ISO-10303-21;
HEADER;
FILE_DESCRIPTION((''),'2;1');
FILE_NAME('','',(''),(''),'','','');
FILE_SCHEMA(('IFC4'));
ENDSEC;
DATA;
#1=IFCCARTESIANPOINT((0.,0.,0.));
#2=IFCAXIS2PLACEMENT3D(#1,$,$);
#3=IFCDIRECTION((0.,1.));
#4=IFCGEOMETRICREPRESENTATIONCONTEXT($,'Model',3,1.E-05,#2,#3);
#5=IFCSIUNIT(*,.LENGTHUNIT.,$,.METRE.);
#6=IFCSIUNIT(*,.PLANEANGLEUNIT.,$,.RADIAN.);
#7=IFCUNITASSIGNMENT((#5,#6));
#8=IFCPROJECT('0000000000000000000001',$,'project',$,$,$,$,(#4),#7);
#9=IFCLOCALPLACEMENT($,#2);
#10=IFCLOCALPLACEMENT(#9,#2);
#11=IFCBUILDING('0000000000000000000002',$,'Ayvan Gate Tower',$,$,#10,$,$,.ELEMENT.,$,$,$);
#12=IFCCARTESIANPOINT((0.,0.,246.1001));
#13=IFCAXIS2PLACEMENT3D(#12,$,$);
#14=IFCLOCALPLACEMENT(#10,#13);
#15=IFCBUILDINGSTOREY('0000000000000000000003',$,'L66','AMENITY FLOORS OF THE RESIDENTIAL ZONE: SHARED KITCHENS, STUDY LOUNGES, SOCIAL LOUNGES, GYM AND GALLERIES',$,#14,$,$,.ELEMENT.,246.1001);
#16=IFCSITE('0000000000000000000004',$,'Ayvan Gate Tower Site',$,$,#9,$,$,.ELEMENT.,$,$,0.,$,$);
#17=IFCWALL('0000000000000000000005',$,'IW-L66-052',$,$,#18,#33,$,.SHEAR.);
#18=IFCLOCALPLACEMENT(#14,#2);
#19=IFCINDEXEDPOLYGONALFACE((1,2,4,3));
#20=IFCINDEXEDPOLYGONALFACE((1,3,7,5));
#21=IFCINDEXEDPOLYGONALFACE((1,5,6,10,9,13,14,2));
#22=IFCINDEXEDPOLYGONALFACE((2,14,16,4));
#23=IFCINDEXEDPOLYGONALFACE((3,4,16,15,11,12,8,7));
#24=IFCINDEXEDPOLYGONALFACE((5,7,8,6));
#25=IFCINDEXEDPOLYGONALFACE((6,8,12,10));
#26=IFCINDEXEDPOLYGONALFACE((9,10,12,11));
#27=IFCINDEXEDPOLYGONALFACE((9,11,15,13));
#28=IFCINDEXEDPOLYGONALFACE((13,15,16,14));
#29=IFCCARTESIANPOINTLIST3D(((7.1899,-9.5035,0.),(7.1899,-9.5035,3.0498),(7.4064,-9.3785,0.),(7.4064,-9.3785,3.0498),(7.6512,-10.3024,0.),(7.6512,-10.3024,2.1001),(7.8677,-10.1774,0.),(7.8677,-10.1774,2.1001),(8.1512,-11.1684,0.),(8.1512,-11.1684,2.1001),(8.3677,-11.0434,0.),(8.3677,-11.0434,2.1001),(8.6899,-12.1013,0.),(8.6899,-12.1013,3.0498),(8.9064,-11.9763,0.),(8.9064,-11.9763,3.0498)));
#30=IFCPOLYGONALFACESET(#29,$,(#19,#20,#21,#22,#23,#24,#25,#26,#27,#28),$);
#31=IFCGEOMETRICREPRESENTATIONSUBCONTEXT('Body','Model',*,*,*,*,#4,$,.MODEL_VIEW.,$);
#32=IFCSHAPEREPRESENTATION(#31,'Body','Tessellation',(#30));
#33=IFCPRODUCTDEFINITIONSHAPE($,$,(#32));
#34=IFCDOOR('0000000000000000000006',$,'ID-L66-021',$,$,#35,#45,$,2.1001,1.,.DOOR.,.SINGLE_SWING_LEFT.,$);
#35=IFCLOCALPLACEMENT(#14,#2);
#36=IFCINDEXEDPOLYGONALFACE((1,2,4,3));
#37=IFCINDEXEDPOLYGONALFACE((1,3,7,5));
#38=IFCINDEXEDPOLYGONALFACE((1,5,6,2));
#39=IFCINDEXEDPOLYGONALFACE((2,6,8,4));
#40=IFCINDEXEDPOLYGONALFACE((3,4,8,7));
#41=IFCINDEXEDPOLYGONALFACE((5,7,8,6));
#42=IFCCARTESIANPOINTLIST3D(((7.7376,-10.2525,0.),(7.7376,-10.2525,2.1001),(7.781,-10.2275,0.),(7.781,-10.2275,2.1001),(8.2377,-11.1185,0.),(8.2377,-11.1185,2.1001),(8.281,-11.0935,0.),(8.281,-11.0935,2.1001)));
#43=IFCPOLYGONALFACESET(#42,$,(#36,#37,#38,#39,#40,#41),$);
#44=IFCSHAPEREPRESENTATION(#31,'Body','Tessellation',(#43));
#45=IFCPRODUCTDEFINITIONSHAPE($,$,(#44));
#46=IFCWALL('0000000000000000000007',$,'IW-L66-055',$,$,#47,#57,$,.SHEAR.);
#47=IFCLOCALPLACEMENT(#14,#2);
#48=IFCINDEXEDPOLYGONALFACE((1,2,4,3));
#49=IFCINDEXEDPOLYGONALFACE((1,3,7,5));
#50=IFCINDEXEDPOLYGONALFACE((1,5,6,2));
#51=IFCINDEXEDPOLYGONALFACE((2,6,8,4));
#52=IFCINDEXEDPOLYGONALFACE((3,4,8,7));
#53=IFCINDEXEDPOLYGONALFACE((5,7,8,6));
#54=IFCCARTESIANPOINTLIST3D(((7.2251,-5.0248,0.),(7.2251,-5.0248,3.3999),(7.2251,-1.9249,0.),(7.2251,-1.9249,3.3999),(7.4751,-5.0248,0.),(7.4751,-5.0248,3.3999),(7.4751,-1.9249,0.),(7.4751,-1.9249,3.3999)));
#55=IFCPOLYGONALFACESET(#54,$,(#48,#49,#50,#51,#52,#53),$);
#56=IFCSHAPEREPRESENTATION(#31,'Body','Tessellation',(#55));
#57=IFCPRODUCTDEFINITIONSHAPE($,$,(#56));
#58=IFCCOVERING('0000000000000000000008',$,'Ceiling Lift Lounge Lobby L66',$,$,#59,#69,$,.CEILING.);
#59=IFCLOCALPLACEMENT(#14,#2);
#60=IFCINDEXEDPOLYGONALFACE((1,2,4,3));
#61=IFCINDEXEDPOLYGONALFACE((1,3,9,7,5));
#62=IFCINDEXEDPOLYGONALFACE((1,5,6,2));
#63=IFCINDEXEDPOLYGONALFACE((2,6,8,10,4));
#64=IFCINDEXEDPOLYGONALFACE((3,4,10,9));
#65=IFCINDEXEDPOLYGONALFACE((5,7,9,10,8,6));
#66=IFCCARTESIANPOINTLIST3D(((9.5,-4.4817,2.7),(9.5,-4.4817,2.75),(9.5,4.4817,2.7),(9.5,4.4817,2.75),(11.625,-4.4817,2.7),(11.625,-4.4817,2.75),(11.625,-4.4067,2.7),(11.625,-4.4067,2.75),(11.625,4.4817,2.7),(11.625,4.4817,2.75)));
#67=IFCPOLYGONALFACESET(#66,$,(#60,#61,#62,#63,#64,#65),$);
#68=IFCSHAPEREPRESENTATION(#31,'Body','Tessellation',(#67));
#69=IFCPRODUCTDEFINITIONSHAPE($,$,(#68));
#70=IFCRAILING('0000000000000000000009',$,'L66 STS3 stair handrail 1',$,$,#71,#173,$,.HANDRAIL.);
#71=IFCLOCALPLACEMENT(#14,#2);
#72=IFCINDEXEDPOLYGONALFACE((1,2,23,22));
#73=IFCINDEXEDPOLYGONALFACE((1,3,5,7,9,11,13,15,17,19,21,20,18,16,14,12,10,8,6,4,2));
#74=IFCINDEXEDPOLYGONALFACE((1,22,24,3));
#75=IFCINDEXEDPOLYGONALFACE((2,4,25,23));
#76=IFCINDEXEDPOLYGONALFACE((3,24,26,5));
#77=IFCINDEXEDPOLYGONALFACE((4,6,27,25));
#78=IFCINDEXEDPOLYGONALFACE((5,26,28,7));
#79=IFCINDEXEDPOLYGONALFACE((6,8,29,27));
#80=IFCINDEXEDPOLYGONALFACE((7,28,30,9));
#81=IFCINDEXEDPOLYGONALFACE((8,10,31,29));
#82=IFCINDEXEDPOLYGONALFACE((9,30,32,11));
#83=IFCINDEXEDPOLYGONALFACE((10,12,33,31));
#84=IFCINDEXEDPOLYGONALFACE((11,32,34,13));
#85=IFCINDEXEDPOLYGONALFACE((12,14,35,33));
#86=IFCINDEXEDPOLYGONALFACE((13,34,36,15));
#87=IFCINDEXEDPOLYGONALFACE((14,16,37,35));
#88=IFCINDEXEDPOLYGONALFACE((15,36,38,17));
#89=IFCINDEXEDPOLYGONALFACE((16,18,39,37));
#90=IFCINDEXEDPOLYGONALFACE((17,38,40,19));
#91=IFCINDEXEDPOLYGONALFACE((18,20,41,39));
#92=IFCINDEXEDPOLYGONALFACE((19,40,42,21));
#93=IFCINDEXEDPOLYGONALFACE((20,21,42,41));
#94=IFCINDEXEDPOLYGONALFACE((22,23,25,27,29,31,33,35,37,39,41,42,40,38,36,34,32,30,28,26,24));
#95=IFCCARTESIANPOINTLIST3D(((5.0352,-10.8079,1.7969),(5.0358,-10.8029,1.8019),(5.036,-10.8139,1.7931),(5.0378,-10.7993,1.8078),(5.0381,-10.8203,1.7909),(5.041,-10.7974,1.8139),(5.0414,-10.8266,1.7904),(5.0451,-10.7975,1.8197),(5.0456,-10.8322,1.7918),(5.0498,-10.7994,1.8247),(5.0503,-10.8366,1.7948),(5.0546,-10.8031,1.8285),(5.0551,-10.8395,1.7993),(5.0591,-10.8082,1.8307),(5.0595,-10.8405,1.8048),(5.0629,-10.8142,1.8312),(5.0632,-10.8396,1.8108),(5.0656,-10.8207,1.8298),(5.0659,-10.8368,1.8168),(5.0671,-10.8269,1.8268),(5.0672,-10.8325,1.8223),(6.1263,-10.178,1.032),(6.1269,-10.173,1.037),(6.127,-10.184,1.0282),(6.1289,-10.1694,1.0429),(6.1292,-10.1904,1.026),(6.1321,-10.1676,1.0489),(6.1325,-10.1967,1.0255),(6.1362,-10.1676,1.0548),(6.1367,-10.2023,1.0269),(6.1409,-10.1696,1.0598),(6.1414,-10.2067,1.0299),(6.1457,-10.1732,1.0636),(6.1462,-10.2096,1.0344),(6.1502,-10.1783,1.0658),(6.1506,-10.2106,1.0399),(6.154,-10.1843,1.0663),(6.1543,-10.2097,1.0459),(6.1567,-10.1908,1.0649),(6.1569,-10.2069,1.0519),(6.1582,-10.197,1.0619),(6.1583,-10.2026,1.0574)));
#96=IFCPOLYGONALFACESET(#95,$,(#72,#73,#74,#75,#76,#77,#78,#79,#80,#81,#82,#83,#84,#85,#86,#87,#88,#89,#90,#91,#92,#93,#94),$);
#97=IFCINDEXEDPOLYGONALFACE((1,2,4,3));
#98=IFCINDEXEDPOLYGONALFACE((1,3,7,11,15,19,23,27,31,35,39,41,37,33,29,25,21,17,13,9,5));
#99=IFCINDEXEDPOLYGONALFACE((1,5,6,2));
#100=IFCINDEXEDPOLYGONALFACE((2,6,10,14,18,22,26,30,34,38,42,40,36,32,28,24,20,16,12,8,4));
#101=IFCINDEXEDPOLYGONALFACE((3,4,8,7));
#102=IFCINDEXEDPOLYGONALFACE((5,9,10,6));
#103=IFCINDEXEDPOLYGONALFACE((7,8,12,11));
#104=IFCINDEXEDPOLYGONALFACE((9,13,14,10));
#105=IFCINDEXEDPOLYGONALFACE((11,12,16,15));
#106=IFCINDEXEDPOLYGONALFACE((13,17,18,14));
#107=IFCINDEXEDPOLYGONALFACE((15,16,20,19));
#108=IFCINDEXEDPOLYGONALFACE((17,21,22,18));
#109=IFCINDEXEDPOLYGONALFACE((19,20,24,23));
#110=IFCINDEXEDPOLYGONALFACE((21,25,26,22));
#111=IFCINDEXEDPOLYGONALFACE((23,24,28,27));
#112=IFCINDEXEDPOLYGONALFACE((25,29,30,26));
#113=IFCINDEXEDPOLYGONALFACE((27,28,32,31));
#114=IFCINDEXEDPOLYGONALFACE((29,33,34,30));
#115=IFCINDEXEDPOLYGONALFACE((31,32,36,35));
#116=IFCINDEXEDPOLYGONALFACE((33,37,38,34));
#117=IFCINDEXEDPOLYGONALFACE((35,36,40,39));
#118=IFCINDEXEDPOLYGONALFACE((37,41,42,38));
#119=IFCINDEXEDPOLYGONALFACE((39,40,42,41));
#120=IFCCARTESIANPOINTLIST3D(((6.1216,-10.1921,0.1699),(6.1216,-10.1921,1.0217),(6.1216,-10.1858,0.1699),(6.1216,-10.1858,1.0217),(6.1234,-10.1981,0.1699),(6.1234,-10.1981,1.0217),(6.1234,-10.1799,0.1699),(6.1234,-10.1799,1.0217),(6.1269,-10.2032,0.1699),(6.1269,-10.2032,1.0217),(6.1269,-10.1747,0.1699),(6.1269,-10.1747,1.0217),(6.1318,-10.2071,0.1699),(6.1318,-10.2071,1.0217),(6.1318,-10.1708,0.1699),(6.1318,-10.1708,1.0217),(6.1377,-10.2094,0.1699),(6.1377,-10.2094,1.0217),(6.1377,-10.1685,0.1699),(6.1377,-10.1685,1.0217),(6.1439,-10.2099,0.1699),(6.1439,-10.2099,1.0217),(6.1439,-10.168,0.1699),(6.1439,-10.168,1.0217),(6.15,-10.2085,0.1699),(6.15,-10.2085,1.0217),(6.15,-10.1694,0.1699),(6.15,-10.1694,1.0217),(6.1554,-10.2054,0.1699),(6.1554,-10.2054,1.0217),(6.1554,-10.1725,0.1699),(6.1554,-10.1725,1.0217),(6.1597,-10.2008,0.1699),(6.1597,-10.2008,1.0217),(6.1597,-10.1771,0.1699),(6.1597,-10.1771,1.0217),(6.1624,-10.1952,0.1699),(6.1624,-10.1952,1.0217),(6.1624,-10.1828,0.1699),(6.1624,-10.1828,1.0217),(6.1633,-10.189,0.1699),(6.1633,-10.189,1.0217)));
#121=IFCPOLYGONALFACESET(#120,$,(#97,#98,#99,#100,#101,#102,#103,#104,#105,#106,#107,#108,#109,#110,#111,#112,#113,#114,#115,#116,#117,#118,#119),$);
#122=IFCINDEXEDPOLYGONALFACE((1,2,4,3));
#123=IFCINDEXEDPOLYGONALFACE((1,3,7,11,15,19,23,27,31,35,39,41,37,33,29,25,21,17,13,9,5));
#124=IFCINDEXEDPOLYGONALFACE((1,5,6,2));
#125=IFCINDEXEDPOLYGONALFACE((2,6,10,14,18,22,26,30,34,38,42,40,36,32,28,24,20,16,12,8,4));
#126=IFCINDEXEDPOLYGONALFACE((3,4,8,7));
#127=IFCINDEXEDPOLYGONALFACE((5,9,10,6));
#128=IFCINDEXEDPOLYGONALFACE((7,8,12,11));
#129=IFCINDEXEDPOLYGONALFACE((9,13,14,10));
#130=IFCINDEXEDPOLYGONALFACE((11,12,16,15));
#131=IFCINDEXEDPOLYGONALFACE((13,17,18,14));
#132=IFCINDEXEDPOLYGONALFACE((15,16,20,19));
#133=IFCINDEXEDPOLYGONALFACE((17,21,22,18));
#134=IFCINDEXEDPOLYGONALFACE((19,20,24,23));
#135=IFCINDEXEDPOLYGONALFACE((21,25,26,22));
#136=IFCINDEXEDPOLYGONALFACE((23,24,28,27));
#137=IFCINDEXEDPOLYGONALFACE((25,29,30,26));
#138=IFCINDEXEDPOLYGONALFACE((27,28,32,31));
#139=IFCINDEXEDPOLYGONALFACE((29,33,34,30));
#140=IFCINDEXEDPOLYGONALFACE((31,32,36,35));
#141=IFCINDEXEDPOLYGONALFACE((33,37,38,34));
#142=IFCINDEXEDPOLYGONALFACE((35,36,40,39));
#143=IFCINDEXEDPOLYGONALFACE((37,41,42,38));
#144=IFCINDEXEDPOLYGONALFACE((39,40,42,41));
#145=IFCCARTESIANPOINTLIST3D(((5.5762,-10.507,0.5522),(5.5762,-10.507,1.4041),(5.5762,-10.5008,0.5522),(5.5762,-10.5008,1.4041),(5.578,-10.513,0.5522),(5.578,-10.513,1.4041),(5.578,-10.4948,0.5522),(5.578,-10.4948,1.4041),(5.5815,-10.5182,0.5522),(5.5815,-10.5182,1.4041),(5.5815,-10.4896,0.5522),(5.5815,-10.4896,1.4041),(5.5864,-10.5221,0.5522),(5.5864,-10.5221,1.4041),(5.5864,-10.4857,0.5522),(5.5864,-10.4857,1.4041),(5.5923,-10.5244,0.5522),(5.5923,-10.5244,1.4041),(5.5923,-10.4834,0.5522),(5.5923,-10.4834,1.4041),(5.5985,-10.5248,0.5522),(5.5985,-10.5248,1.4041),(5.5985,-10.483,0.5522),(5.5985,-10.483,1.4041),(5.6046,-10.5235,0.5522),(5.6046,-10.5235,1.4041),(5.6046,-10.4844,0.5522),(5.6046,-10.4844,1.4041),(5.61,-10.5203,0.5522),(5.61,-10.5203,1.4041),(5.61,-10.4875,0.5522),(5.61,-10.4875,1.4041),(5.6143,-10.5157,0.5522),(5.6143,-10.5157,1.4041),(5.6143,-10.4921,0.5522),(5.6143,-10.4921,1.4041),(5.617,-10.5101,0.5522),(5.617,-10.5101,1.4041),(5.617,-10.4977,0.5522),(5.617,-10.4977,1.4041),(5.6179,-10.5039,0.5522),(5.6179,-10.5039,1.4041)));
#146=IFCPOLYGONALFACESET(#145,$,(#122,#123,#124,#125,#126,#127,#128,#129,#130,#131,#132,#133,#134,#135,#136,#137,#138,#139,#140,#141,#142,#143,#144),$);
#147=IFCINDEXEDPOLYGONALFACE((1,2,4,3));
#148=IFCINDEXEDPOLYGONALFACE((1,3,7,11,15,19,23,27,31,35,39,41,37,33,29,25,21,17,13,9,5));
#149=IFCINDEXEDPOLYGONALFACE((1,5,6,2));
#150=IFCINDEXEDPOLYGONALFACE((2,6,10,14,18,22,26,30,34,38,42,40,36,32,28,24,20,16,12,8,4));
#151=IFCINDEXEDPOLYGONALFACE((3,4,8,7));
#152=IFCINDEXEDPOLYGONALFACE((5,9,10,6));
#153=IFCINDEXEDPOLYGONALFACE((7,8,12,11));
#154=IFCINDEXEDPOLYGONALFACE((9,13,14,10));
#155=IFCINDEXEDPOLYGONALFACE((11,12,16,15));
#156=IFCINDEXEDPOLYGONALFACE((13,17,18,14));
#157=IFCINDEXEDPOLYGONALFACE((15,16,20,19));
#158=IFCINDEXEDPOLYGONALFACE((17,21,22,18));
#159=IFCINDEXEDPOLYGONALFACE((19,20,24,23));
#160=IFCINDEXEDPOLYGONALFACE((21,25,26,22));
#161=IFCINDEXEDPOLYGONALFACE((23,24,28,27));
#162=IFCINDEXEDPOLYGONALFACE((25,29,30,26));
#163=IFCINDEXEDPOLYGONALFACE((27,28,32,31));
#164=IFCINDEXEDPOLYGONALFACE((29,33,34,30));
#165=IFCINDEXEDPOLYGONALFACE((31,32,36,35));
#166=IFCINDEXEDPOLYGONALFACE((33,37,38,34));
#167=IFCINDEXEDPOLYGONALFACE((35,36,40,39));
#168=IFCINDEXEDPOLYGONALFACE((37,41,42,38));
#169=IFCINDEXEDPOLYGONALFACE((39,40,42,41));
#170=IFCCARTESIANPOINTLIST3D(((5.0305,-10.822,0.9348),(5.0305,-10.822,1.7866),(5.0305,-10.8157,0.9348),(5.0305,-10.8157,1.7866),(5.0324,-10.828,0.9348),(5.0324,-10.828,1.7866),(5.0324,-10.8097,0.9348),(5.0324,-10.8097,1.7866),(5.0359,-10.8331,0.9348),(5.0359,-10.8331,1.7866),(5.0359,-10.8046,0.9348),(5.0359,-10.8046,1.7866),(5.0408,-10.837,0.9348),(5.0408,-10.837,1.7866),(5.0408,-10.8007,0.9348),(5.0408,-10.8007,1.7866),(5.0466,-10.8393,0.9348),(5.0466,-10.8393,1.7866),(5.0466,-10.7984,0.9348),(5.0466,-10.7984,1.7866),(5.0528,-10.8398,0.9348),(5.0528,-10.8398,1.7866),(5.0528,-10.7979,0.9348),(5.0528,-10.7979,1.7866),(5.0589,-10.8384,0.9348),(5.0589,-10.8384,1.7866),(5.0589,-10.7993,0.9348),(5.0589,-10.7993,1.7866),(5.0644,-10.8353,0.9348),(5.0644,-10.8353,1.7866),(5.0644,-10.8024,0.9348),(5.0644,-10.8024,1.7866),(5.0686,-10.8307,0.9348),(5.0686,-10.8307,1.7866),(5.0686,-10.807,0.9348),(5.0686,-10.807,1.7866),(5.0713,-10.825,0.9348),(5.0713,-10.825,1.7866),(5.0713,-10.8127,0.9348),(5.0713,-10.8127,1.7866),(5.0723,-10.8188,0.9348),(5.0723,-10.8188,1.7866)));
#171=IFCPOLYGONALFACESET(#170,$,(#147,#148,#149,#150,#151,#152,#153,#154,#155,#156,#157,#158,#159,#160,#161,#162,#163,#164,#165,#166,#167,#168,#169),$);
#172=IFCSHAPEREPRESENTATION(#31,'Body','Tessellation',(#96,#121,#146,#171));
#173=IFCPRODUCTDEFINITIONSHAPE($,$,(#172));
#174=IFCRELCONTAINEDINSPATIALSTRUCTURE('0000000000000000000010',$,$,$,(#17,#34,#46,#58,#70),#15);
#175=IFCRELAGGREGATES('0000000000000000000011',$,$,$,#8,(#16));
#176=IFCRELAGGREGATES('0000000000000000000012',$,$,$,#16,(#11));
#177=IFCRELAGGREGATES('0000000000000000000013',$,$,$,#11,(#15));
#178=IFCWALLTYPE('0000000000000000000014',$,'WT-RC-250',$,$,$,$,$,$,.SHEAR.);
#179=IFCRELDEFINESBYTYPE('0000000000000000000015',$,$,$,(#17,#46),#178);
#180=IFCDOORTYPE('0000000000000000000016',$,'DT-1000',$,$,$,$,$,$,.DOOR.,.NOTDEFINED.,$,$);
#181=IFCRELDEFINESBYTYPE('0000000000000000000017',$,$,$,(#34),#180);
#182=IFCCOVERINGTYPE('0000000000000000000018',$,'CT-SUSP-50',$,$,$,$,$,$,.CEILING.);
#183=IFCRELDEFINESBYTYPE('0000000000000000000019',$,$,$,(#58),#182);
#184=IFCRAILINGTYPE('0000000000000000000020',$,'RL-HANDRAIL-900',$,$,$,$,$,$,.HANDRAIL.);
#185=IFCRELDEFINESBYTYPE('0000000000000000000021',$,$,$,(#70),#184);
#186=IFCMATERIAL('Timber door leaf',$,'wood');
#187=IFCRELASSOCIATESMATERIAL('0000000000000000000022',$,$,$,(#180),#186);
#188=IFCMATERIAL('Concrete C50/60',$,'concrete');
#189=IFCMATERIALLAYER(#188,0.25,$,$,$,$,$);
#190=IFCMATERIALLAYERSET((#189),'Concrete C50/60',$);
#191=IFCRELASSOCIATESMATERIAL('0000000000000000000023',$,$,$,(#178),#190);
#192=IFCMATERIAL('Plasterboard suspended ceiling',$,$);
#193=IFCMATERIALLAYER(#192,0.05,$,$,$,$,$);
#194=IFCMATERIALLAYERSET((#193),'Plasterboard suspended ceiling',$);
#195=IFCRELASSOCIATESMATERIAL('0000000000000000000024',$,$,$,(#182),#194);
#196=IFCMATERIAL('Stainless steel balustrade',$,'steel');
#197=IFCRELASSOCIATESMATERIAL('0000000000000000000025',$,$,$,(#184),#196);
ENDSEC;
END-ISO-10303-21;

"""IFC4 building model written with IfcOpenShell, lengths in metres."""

from ifc_helpers import new_model, si_unit, direction, frame, frame_2d, origin, origin_2d, place, context, subcontext, project, spatial, polyline, rectangle, circle, outline, extrude, material, layer, layer_set, type_object, element, fill, save


model = new_model("IFC4")

# Units and contexts
model_context = context("Model", 3, precision=1e-05, world=origin(), true_north=direction((0.0, 1.0)))
body_context = subcontext(model_context, "Body", "Model", "MODEL_VIEW")
ifc_project = project(units=[si_unit("LENGTHUNIT", "METRE"), si_unit("PLANEANGLEUNIT", "RADIAN")], contexts=[model_context])

# Site, building, storey
site_placement = place(None, origin())
site = spatial("IfcSite", under=ifc_project, at=site_placement, Name="Ayvan Gate Tower Site", CompositionType="ELEMENT", RefElevation=0.0)
building_placement = place(site_placement, origin())
building = spatial("IfcBuilding", under=site, at=building_placement, Name="Ayvan Gate Tower", CompositionType="ELEMENT")
storey_placement = place(building_placement, frame((0.0, 0.0, 246.1001)))
storey = spatial("IfcBuildingStorey", under=building, at=storey_placement, Name="L66", Description="AMENITY FLOORS OF THE RESIDENTIAL ZONE: SHARED KITCHENS, STUDY LOUNGES, SOCIAL LOUNGES, GYM AND GALLERIES", CompositionType="ELEMENT", Elevation=246.1001)

# Shared definitions
ifc_material_1 = material(Name="Concrete C50/60", Category="concrete")

# Shared definitions
ifc_material_2 = material(Name="Timber door leaf", Category="wood")

# Shared definitions
door_type_1 = type_object("IfcDoorType", Name="DT-1000", OperationType="NOTDEFINED", PredefinedType="DOOR", material=ifc_material_2)

# Shared definitions
ifc_layer_1 = layer(ifc_material_1, 0.25)
ifc_layer_set_1 = layer_set([ifc_layer_1], Name="Concrete C50/60")
wall_type_1 = type_object("IfcWallType", Name="WT-RC-250", PredefinedType="SHEAR", material=ifc_layer_set_1)

# Wall, opening, door
wall_1_placement = place(storey_placement, frame((7.2981, -9.4409, 0.0), z_axis=(0.0, 0.0, 1.0), x_axis=(0.500025, -0.866011, 0.0)))
wall_1 = element("IfcWall", 1, at=wall_1_placement, inside=storey, type_object=wall_type_1, Name="IW-L66-052", PredefinedType="SHEAR", context=body_context, shape_type="SweptSolid", body=[
    extrude(rectangle(XDim=2.9998, YDim=0.25, at=frame_2d((1.5, 0.0))), origin(), (0.0, 0.0, 1.0), 3.0498),
])
opening_1_placement = place(wall_1_placement, frame((0.9226, 0.0, 0.0)))
opening_1 = element("IfcOpeningElement", 2, at=opening_1_placement, cuts=wall_1, PredefinedType="OPENING", context=body_context, shape_type="SweptSolid", body=[
    extrude(rectangle(XDim=1.0, YDim=2.1001, at=frame_2d((0.5, 1.05))), frame((0.0, 0.135, 0.0), z_axis=(0.0, -1.0, 0.0), x_axis=(1.0, 0.0, 0.0)), (0.0, 0.0, 1.0), 0.27),
])
door_1_placement = place(opening_1_placement, origin())
door_1 = element("IfcDoor", 3, at=door_1_placement, inside=storey, type_object=door_type_1, Name="ID-L66-021", OperationType="SINGLE_SWING_LEFT", OverallHeight=2.1001, OverallWidth=1.0, PredefinedType="DOOR", context=body_context, shape_type="SweptSolid", body=[
    extrude(rectangle(XDim=1.0, YDim=2.1001, at=frame_2d((0.5, 1.05))), frame((0.0, 0.0249, 0.0), z_axis=(0.0, -1.0, 0.0), x_axis=(1.0, 0.0, 0.0)), (0.0, 0.0, 1.0), 0.05),
])
fill(opening_1, door_1)

# Wall
wall_2_placement = place(storey_placement, frame((7.3501, -1.925, 0.0), z_axis=(0.0, 0.0, 1.0), x_axis=(0.0, -1.0, 0.0)))
element("IfcWall", 4, at=wall_2_placement, inside=storey, type_object=wall_type_1, Name="IW-L66-055", PredefinedType="SHEAR", context=body_context, shape_type="SweptSolid", body=[
    extrude(rectangle(XDim=3.0999, YDim=0.25, at=frame_2d((1.5498, 0.0))), origin(), (0.0, 0.0, 1.0), 3.3999),
])

# Covering
ifc_material_3 = material(Name="Plasterboard suspended ceiling")
ifc_layer_2 = layer(ifc_material_3, 0.05)
ifc_layer_set_2 = layer_set([ifc_layer_2], Name="Plasterboard suspended ceiling")
covering_type = type_object("IfcCoveringType", Name="CT-SUSP-50", PredefinedType="CEILING", material=ifc_layer_set_2)
covering_placement = place(storey_placement, frame((0.0, 0.0, 2.7)))
element("IfcCovering", 5, at=covering_placement, inside=storey, type_object=covering_type, Name="Ceiling Lift Lounge Lobby L66", PredefinedType="CEILING", context=body_context, shape_type="SweptSolid", body=[
    extrude(outline(polyline([(11.625, -4.4817), (9.5, -4.4817), (9.5, 4.4817), (11.625, 4.4817), (11.625, -4.4067), (11.625, -4.4067), (11.625, -4.4817)])), origin(), (0.0, 0.0, 1.0), 0.05),
])

# Railing
ifc_material_4 = material(Name="Stainless steel balustrade", Category="steel")
railing_type = type_object("IfcRailingType", Name="RL-HANDRAIL-900", PredefinedType="HANDRAIL", material=ifc_material_4)
railing_1_placement = place(storey_placement, frame((6.1423, -10.189, 0.1699)))
element("IfcRailing", 6, at=railing_1_placement, inside=storey, type_object=railing_type, Name="L66 STS3 stair handrail 1", PredefinedType="HANDRAIL", context=body_context, shape_type="SweptSolid", body=[
    extrude(circle(Radius=0.0239, at=origin_2d()), frame((0.0, 0.0, 0.876), z_axis=(-0.740282, -0.427372, 0.518976), x_axis=(0.499974, -0.86604, 0.0)), (0.0, 0.0, 1.0), 1.4739),
    extrude(circle(Radius=0.021, at=origin_2d()), origin(), (0.0, 0.0, 1.0), 0.8518),
    extrude(circle(Radius=0.021, at=origin_2d()), frame((-0.5454, -0.3149, 0.3823)), (0.0, 0.0, 1.0), 0.8518),
    extrude(circle(Radius=0.021, at=origin_2d()), frame((-1.0911, -0.6299, 0.7649)), (0.0, 0.0, 1.0), 0.8518),
])

save(model, "model.ifc")
